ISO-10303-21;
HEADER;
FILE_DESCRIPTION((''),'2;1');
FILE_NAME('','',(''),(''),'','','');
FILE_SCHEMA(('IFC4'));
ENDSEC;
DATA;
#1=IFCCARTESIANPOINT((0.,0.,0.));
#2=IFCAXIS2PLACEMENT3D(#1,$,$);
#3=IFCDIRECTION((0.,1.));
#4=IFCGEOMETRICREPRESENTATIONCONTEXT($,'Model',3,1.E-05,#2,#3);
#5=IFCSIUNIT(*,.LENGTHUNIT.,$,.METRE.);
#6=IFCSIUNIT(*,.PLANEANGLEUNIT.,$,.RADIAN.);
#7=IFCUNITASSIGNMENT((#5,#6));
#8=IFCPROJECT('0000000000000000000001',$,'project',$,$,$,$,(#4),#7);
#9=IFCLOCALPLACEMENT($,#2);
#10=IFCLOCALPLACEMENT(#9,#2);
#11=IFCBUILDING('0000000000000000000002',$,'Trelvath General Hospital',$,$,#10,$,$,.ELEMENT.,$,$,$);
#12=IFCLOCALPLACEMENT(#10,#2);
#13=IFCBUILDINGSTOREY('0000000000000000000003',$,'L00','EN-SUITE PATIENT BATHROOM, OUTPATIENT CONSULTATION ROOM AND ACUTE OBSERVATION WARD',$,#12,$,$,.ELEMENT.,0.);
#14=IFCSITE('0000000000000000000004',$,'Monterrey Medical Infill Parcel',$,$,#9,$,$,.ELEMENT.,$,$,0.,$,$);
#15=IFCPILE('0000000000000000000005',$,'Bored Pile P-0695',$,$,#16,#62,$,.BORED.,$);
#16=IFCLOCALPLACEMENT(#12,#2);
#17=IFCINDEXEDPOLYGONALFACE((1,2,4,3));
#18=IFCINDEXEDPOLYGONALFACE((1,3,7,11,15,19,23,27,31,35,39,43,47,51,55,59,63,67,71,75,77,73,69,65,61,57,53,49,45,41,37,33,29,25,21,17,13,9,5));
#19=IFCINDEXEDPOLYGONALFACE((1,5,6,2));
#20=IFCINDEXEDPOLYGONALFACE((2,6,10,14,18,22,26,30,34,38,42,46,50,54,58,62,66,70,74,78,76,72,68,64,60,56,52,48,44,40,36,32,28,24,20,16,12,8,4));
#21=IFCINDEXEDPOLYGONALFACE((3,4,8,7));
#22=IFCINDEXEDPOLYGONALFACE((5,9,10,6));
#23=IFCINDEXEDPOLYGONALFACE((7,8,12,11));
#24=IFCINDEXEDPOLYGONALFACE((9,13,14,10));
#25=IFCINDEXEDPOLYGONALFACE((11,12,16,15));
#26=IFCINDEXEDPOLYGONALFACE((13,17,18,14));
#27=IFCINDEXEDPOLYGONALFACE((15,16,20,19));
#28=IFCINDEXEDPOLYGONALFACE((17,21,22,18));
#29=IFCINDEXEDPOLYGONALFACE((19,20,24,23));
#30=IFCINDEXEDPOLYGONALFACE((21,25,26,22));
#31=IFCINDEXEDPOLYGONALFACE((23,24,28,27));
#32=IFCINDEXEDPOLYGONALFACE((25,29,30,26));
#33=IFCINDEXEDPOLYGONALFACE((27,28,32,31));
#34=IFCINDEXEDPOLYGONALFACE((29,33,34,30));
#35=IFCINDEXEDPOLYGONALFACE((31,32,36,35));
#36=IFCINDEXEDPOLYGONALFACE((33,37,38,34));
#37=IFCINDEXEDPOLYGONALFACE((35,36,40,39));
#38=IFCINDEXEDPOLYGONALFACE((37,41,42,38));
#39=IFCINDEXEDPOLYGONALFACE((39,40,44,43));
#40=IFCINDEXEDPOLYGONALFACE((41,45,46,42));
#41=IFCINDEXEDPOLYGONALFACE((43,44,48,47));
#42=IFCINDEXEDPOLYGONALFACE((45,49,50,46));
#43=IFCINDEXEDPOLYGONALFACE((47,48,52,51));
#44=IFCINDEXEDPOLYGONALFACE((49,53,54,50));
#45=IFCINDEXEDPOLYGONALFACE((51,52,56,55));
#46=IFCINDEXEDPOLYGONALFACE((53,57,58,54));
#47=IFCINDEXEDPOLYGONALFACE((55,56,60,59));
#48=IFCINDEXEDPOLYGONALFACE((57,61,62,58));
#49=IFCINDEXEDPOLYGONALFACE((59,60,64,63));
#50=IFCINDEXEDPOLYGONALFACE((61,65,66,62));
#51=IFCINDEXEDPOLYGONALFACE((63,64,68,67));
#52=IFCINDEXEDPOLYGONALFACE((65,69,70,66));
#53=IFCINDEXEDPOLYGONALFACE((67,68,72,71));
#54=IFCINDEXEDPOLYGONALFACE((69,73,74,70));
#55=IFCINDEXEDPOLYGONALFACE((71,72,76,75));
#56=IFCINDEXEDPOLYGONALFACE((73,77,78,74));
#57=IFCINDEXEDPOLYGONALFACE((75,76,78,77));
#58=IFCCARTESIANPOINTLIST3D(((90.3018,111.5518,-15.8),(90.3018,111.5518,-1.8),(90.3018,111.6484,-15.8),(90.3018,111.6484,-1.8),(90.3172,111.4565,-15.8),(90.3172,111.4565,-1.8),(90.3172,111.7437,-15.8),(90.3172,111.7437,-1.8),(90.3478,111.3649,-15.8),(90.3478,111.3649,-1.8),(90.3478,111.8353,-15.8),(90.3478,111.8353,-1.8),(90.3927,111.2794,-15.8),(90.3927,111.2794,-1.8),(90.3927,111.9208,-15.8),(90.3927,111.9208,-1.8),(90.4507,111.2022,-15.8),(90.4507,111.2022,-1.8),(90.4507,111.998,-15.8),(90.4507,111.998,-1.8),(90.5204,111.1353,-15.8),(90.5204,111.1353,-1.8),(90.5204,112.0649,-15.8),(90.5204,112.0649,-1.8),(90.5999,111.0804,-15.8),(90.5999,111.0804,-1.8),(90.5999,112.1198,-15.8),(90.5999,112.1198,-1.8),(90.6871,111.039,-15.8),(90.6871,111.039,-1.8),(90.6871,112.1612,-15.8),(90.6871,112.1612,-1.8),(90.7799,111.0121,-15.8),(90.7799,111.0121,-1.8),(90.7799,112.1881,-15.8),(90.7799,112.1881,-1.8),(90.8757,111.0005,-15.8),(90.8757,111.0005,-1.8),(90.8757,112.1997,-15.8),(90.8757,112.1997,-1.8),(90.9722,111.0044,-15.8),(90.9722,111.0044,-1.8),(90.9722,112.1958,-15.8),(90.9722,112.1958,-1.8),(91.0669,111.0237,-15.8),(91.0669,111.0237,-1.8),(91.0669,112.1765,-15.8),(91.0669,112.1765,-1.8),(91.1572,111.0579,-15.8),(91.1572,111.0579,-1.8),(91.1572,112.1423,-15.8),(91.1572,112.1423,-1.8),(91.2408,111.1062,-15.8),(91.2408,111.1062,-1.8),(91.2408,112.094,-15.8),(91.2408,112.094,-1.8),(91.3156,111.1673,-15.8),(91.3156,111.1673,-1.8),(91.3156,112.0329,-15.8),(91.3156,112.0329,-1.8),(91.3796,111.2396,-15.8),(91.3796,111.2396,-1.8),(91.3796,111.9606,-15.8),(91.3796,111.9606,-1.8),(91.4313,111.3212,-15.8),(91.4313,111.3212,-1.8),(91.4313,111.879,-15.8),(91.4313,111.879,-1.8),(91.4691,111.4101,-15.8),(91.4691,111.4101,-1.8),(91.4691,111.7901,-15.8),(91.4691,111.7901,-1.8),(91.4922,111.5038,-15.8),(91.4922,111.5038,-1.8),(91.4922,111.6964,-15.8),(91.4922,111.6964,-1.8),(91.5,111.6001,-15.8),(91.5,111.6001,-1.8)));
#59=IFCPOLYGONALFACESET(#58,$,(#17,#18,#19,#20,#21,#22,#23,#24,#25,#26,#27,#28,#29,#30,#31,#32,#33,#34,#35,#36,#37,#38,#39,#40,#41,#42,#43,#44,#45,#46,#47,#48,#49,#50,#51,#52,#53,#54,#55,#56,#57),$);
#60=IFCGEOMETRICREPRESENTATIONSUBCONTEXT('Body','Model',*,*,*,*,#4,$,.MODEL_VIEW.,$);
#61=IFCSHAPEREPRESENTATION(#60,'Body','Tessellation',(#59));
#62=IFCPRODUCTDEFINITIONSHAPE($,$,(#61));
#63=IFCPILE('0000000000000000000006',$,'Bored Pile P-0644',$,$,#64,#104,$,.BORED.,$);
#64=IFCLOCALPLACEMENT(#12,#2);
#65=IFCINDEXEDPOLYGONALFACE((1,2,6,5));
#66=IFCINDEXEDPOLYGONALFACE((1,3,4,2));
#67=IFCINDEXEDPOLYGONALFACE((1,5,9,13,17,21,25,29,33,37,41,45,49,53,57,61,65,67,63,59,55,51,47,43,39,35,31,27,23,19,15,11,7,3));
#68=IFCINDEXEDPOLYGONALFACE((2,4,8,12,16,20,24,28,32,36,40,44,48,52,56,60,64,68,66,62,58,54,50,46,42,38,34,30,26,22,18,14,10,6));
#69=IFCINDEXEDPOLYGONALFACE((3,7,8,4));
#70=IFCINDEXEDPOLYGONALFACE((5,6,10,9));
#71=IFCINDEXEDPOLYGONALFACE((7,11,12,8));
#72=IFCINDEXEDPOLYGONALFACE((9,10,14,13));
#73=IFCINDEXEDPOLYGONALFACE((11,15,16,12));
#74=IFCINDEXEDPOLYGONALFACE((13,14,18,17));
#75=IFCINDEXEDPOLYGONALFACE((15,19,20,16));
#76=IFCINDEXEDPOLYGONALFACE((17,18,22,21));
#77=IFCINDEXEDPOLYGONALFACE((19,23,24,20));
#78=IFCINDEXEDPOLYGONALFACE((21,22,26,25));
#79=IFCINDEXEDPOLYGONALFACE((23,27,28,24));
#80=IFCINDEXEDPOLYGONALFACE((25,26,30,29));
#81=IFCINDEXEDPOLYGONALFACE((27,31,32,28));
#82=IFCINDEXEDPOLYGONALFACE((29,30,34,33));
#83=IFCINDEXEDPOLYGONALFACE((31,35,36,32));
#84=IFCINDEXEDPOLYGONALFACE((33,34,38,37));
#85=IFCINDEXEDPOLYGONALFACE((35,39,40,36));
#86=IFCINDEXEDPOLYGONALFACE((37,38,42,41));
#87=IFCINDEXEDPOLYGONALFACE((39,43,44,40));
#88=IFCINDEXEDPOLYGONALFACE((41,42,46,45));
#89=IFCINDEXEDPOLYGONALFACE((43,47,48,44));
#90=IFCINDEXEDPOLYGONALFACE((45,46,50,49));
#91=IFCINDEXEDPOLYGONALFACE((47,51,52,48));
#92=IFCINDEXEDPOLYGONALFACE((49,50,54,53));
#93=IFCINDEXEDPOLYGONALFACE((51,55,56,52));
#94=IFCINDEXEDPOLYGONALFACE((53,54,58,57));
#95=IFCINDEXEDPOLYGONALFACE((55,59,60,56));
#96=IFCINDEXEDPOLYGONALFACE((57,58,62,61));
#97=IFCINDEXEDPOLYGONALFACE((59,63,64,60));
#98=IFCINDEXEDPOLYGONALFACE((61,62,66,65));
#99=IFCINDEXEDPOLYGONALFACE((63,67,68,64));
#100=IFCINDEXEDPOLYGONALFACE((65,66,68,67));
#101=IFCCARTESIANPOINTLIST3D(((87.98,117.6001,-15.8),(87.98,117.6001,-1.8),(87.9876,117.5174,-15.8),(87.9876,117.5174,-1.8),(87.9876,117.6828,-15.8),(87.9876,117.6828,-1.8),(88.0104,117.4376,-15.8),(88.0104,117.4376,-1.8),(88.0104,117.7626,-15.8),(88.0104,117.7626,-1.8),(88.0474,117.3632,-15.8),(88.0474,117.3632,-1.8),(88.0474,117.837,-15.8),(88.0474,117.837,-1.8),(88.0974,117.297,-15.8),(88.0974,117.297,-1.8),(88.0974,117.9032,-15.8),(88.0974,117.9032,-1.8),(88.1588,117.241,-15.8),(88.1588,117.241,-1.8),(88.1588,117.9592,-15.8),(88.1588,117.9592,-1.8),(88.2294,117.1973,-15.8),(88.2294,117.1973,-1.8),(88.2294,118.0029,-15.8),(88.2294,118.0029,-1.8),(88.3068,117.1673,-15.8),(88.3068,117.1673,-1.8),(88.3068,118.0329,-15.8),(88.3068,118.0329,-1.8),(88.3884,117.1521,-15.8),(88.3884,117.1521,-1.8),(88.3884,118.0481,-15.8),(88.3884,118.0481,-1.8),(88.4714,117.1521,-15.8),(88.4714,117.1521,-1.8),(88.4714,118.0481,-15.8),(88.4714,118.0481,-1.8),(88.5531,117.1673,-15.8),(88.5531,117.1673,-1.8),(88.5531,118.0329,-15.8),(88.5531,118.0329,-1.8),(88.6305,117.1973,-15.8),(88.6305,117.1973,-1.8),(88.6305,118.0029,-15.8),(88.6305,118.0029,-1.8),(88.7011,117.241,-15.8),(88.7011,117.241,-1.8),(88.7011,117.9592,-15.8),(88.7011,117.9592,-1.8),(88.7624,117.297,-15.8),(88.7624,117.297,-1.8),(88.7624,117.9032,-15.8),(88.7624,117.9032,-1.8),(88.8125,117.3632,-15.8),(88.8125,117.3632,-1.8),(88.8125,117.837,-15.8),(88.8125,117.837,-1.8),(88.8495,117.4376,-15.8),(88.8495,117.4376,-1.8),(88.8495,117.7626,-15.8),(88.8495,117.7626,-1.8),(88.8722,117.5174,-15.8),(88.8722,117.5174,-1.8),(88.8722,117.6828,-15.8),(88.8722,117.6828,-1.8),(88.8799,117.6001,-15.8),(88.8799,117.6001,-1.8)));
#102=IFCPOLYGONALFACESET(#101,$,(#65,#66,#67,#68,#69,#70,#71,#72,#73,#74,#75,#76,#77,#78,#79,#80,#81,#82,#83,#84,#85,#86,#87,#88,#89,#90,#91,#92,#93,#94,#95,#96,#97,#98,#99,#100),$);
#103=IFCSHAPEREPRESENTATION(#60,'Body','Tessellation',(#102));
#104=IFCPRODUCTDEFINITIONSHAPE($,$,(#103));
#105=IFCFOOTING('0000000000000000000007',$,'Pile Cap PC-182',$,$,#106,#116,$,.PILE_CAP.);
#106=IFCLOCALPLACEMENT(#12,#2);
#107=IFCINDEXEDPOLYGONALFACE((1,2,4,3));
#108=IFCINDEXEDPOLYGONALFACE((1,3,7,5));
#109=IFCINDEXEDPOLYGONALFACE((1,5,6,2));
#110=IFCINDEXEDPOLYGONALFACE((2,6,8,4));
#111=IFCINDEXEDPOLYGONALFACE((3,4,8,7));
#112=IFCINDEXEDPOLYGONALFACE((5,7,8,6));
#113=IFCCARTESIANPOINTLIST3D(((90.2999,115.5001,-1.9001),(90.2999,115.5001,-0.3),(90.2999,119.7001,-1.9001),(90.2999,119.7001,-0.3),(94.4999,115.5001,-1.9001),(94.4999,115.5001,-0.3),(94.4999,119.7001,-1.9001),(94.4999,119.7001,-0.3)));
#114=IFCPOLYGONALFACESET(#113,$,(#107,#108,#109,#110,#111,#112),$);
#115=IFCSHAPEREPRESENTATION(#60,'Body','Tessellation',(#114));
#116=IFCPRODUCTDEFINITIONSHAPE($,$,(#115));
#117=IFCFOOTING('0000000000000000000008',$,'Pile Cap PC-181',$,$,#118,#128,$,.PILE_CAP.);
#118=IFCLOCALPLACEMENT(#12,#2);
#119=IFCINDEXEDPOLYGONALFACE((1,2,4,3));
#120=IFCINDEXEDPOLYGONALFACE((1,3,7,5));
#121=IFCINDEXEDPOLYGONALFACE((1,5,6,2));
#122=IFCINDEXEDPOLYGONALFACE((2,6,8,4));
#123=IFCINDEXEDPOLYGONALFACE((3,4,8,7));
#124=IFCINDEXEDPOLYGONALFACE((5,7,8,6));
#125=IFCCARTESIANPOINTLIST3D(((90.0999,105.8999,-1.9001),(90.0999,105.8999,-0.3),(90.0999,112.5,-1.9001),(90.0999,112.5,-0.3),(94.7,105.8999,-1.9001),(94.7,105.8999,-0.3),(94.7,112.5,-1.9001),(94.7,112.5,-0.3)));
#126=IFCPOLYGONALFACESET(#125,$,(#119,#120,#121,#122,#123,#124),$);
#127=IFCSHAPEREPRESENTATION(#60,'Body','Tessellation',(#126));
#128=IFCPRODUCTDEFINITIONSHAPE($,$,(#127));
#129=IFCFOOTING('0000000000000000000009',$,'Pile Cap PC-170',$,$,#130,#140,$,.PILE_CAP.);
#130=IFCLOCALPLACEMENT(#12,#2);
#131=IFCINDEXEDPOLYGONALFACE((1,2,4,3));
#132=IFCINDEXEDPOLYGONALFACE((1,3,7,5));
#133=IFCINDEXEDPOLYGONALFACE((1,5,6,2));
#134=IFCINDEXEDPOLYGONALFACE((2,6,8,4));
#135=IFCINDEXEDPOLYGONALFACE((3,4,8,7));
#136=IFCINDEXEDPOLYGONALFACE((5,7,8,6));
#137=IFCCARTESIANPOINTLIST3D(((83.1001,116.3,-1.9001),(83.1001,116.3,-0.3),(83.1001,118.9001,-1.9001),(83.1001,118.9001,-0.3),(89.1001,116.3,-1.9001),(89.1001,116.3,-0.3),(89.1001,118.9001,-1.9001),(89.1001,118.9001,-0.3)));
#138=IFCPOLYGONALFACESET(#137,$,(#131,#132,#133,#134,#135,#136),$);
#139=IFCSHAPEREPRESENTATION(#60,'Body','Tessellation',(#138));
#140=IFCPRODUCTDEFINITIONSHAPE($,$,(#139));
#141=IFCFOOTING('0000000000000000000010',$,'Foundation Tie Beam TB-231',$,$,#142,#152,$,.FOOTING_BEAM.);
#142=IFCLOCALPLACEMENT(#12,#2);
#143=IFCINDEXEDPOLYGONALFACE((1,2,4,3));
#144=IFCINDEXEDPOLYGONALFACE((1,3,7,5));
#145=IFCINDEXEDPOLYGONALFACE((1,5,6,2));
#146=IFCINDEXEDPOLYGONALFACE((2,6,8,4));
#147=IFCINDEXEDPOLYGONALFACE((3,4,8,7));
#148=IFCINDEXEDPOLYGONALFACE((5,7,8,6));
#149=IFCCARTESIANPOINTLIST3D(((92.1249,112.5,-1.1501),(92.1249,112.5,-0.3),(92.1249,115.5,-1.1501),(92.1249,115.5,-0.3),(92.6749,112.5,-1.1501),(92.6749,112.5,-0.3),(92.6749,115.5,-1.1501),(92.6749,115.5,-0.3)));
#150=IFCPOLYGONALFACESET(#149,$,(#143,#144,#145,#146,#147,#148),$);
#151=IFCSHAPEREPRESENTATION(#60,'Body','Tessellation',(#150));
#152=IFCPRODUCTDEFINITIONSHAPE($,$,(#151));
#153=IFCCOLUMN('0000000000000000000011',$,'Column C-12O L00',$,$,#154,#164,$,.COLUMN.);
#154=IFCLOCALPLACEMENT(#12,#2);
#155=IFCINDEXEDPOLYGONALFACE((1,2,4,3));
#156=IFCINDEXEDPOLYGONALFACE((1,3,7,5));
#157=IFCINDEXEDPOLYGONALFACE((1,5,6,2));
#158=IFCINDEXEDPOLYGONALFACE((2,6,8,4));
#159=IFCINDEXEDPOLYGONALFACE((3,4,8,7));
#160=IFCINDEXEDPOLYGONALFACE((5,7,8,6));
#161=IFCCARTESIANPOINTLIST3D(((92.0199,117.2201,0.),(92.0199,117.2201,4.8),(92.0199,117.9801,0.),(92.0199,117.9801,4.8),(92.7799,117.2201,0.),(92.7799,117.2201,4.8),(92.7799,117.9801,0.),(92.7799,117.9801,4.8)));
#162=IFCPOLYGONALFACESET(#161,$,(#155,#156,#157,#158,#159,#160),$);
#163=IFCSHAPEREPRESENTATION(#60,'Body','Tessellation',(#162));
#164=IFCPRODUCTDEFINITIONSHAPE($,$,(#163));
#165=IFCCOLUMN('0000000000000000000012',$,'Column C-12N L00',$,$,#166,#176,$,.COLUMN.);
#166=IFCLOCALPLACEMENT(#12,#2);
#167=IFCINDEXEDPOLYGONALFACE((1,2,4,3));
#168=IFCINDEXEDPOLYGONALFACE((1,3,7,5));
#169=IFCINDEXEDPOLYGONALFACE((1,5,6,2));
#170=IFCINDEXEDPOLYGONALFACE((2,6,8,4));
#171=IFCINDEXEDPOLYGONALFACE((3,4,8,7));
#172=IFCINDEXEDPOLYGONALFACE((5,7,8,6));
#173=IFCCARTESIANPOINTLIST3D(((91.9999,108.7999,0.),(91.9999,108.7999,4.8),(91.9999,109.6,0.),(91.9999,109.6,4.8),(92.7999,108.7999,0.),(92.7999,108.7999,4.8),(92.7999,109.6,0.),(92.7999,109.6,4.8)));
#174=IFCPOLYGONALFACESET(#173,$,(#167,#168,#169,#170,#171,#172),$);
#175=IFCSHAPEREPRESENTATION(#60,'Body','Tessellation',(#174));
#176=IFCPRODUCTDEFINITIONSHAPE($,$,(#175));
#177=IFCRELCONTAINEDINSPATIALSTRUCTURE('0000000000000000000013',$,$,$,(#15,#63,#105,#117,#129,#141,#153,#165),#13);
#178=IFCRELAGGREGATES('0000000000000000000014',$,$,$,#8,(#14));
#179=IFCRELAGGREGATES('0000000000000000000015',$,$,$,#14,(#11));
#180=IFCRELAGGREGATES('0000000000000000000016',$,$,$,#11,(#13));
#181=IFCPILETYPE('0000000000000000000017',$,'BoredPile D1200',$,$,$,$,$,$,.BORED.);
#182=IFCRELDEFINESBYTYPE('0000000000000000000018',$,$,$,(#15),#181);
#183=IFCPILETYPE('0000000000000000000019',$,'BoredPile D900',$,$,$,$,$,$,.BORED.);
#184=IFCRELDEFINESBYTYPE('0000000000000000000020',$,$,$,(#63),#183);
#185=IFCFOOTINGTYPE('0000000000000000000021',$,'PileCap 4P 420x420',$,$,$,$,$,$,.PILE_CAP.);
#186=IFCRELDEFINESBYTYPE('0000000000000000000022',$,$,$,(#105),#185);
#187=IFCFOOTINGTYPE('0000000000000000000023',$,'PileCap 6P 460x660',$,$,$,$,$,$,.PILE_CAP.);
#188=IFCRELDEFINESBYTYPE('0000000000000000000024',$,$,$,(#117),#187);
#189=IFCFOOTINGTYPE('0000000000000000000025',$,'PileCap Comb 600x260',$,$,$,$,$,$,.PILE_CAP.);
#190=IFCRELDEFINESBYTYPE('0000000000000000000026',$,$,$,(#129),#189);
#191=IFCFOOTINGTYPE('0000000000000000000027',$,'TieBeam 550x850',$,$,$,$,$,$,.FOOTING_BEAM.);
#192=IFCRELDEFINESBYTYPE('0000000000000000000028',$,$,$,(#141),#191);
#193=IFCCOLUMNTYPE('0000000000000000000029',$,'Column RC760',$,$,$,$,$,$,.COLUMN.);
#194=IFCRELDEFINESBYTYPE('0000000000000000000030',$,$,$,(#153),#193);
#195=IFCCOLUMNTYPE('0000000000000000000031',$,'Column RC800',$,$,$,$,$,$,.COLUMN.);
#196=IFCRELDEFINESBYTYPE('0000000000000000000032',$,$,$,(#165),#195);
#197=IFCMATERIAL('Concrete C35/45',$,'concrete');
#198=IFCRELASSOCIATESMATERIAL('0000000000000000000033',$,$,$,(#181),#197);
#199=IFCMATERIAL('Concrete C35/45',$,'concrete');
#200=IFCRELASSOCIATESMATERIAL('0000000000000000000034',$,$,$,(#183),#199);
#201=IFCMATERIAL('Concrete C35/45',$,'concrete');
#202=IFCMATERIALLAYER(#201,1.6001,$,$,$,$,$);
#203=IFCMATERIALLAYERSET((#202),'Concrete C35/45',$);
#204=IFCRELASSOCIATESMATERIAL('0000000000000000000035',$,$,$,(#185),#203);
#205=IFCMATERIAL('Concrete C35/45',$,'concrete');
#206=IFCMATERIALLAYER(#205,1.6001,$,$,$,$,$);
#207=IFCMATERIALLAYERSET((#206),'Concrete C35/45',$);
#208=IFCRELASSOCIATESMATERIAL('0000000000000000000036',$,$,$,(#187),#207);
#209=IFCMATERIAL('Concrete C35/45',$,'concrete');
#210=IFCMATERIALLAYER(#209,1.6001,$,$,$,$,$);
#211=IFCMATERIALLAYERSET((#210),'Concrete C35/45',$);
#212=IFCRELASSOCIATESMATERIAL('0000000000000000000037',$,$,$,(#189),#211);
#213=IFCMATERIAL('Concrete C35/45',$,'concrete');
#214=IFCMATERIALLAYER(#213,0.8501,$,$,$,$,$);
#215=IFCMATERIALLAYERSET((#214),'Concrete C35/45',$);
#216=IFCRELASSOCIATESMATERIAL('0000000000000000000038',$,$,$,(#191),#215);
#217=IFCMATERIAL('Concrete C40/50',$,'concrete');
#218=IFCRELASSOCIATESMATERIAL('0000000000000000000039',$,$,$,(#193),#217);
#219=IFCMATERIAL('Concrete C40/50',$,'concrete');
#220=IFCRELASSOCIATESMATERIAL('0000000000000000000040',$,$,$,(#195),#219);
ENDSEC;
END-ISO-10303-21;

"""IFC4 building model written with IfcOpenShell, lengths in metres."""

from ifc_helpers import new_model, si_unit, direction, frame, origin, origin_2d, place, context, subcontext, project, spatial, rectangle, circle, extrude, material, layer, layer_set, material_profile, profile_set, type_object, element, save


model = new_model("IFC4")

# Units and contexts
model_context = context("Model", 3, precision=1e-05, world=origin(), true_north=direction((0.0, 1.0)))
body_context = subcontext(model_context, "Body", "Model", "MODEL_VIEW")
ifc_project = project(units=[si_unit("LENGTHUNIT", "METRE"), si_unit("PLANEANGLEUNIT", "RADIAN")], contexts=[model_context])

# Site, building, storey
site_placement = place(None, origin())
site = spatial("IfcSite", under=ifc_project, at=site_placement, Name="Monterrey Medical Infill Parcel", CompositionType="ELEMENT", RefElevation=0.0)
building_placement = place(site_placement, origin())
building = spatial("IfcBuilding", under=site, at=building_placement, Name="Trelvath General Hospital", CompositionType="ELEMENT")
storey_placement = place(building_placement, origin())
storey = spatial("IfcBuildingStorey", under=building, at=storey_placement, Name="L00", Description="EN-SUITE PATIENT BATHROOM, OUTPATIENT CONSULTATION ROOM AND ACUTE OBSERVATION WARD", CompositionType="ELEMENT", Elevation=0.0)

# Piles
ifc_material_1 = material(Name="Concrete C35/45", Category="concrete")
ifc_material_profile_1 = material_profile(ifc_material_1, circle(Radius=0.6001, at=origin_2d()), Name="PILE1200")
ifc_profile_set_1 = profile_set([ifc_material_profile_1], Name="Concrete C35/45")
pile_type_1 = type_object("IfcPileType", Name="BoredPile D1200", PredefinedType="BORED", material=ifc_profile_set_1)
for number, where, z_axis, x_axis, name in (
    (1, (90.8999, 111.6001, -1.8), (0.0, 0.0, -1.0), (1.0, 0.0, 0.0), "Bored Pile P-0695"),
):
    element("IfcPile", number, at=place(storey_placement, frame(where, z_axis=z_axis, x_axis=x_axis)), inside=storey, type_object=pile_type_1, Name=name, PredefinedType="BORED", context=body_context, shape_type="SweptSolid", body=[
        extrude(circle(Radius=0.6001, at=origin_2d()), origin(), (0.0, 0.0, 1.0), 14.0),
    ])
ifc_material_2 = material(Name="Concrete C35/45", Category="concrete")
ifc_material_profile_2 = material_profile(ifc_material_2, circle(Radius=0.45, at=origin_2d()), Name="PILE900")
ifc_profile_set_2 = profile_set([ifc_material_profile_2], Name="Concrete C35/45")
pile_type_2 = type_object("IfcPileType", Name="BoredPile D900", PredefinedType="BORED", material=ifc_profile_set_2)
pile_placement = place(storey_placement, frame((88.4299, 117.6001, -1.8), z_axis=(0.0, 0.0, -1.0), x_axis=(1.0, 0.0, 0.0)))
element("IfcPile", 2, at=pile_placement, inside=storey, type_object=pile_type_2, Name="Bored Pile P-0644", PredefinedType="BORED", context=body_context, shape_type="SweptSolid", body=[
    extrude(circle(Radius=0.45, at=origin_2d()), origin(), (0.0, 0.0, 1.0), 14.0),
])

# Footings
ifc_material_3 = material(Name="Concrete C35/45", Category="concrete")
ifc_layer_1 = layer(ifc_material_3, 1.6001)
ifc_layer_set_1 = layer_set([ifc_layer_1], Name="Concrete C35/45")
footing_type_1 = type_object("IfcFootingType", Name="PileCap 4P 420x420", PredefinedType="PILE_CAP", material=ifc_layer_set_1)
footing_1_placement = place(storey_placement, frame((92.3999, 117.6001, -1.9001), z_axis=(0.0, 0.0, 1.0), x_axis=(1.0, 0.0, 0.0)))
element("IfcFooting", 3, at=footing_1_placement, inside=storey, type_object=footing_type_1, Name="Pile Cap PC-182", PredefinedType="PILE_CAP", context=body_context, shape_type="SweptSolid", body=[
    extrude(rectangle(XDim=4.2, YDim=4.2, at=origin_2d()), origin(), (0.0, 0.0, 1.0), 1.6001),
])
ifc_material_4 = material(Name="Concrete C35/45", Category="concrete")
ifc_layer_2 = layer(ifc_material_4, 1.6001)
ifc_layer_set_2 = layer_set([ifc_layer_2], Name="Concrete C35/45")
footing_type_2 = type_object("IfcFootingType", Name="PileCap 6P 460x660", PredefinedType="PILE_CAP", material=ifc_layer_set_2)
footing_2_placement = place(storey_placement, frame((92.3999, 109.2, -1.9001), z_axis=(0.0, 0.0, 1.0), x_axis=(1.0, 0.0, 0.0)))
element("IfcFooting", 4, at=footing_2_placement, inside=storey, type_object=footing_type_2, Name="Pile Cap PC-181", PredefinedType="PILE_CAP", context=body_context, shape_type="SweptSolid", body=[
    extrude(rectangle(XDim=4.6001, YDim=6.6001, at=origin_2d()), origin(), (0.0, 0.0, 1.0), 1.6001),
])
ifc_material_5 = material(Name="Concrete C35/45", Category="concrete")
ifc_layer_3 = layer(ifc_material_5, 1.6001)
ifc_layer_set_3 = layer_set([ifc_layer_3], Name="Concrete C35/45")
footing_type_3 = type_object("IfcFootingType", Name="PileCap Comb 600x260", PredefinedType="PILE_CAP", material=ifc_layer_set_3)
footing_3_placement = place(storey_placement, frame((86.1001, 117.6001, -1.9001), z_axis=(0.0, 0.0, 1.0), x_axis=(1.0, 0.0, 0.0)))
element("IfcFooting", 5, at=footing_3_placement, inside=storey, type_object=footing_type_3, Name="Pile Cap PC-170", PredefinedType="PILE_CAP", context=body_context, shape_type="SweptSolid", body=[
    extrude(rectangle(XDim=6.0, YDim=2.6001, at=origin_2d()), origin(), (0.0, 0.0, 1.0), 1.6001),
])
ifc_material_6 = material(Name="Concrete C35/45", Category="concrete")
ifc_layer_4 = layer(ifc_material_6, 0.8501)
ifc_layer_set_4 = layer_set([ifc_layer_4], Name="Concrete C35/45")
footing_type_4 = type_object("IfcFootingType", Name="TieBeam 550x850", PredefinedType="FOOTING_BEAM", material=ifc_layer_set_4)
footing_4_placement = place(storey_placement, frame((92.3999, 114.0, -1.1501), z_axis=(0.0, 0.0, 1.0), x_axis=(1.0, 0.0, 0.0)))
element("IfcFooting", 6, at=footing_4_placement, inside=storey, type_object=footing_type_4, Name="Foundation Tie Beam TB-231", PredefinedType="FOOTING_BEAM", context=body_context, shape_type="SweptSolid", body=[
    extrude(rectangle(XDim=0.55, YDim=3.0, at=origin_2d()), origin(), (0.0, 0.0, 1.0), 0.8501),
])

# Columns
ifc_material_7 = material(Name="Concrete C40/50", Category="concrete")
ifc_material_profile_3 = material_profile(ifc_material_7, rectangle(XDim=0.76, YDim=0.76, at=origin_2d()), Name="RC760x760")
ifc_profile_set_3 = profile_set([ifc_material_profile_3], Name="Concrete C40/50")
column_type_1 = type_object("IfcColumnType", Name="Column RC760", PredefinedType="COLUMN", material=ifc_profile_set_3)
column_1_placement = place(storey_placement, frame((92.3999, 117.6001, 0.0), z_axis=(0.0, 0.0, 1.0), x_axis=(1.0, 0.0, 0.0)))
element("IfcColumn", 7, at=column_1_placement, inside=storey, type_object=column_type_1, Name="Column C-12O L00", PredefinedType="COLUMN", context=body_context, shape_type="SweptSolid", body=[
    extrude(rectangle(XDim=0.76, YDim=0.76, at=origin_2d()), origin(), (0.0, 0.0, 1.0), 4.8),
])
ifc_material_8 = material(Name="Concrete C40/50", Category="concrete")
ifc_material_profile_4 = material_profile(ifc_material_8, rectangle(XDim=0.8, YDim=0.8, at=origin_2d()), Name="RC800x800")
ifc_profile_set_4 = profile_set([ifc_material_profile_4], Name="Concrete C40/50")
column_type_2 = type_object("IfcColumnType", Name="Column RC800", PredefinedType="COLUMN", material=ifc_profile_set_4)
column_2_placement = place(storey_placement, frame((92.3999, 109.2, 0.0), z_axis=(0.0, 0.0, 1.0), x_axis=(1.0, 0.0, 0.0)))
element("IfcColumn", 8, at=column_2_placement, inside=storey, type_object=column_type_2, Name="Column C-12N L00", PredefinedType="COLUMN", context=body_context, shape_type="SweptSolid", body=[
    extrude(rectangle(XDim=0.8, YDim=0.8, at=origin_2d()), origin(), (0.0, 0.0, 1.0), 4.8),
])

save(model, "model.ifc")
